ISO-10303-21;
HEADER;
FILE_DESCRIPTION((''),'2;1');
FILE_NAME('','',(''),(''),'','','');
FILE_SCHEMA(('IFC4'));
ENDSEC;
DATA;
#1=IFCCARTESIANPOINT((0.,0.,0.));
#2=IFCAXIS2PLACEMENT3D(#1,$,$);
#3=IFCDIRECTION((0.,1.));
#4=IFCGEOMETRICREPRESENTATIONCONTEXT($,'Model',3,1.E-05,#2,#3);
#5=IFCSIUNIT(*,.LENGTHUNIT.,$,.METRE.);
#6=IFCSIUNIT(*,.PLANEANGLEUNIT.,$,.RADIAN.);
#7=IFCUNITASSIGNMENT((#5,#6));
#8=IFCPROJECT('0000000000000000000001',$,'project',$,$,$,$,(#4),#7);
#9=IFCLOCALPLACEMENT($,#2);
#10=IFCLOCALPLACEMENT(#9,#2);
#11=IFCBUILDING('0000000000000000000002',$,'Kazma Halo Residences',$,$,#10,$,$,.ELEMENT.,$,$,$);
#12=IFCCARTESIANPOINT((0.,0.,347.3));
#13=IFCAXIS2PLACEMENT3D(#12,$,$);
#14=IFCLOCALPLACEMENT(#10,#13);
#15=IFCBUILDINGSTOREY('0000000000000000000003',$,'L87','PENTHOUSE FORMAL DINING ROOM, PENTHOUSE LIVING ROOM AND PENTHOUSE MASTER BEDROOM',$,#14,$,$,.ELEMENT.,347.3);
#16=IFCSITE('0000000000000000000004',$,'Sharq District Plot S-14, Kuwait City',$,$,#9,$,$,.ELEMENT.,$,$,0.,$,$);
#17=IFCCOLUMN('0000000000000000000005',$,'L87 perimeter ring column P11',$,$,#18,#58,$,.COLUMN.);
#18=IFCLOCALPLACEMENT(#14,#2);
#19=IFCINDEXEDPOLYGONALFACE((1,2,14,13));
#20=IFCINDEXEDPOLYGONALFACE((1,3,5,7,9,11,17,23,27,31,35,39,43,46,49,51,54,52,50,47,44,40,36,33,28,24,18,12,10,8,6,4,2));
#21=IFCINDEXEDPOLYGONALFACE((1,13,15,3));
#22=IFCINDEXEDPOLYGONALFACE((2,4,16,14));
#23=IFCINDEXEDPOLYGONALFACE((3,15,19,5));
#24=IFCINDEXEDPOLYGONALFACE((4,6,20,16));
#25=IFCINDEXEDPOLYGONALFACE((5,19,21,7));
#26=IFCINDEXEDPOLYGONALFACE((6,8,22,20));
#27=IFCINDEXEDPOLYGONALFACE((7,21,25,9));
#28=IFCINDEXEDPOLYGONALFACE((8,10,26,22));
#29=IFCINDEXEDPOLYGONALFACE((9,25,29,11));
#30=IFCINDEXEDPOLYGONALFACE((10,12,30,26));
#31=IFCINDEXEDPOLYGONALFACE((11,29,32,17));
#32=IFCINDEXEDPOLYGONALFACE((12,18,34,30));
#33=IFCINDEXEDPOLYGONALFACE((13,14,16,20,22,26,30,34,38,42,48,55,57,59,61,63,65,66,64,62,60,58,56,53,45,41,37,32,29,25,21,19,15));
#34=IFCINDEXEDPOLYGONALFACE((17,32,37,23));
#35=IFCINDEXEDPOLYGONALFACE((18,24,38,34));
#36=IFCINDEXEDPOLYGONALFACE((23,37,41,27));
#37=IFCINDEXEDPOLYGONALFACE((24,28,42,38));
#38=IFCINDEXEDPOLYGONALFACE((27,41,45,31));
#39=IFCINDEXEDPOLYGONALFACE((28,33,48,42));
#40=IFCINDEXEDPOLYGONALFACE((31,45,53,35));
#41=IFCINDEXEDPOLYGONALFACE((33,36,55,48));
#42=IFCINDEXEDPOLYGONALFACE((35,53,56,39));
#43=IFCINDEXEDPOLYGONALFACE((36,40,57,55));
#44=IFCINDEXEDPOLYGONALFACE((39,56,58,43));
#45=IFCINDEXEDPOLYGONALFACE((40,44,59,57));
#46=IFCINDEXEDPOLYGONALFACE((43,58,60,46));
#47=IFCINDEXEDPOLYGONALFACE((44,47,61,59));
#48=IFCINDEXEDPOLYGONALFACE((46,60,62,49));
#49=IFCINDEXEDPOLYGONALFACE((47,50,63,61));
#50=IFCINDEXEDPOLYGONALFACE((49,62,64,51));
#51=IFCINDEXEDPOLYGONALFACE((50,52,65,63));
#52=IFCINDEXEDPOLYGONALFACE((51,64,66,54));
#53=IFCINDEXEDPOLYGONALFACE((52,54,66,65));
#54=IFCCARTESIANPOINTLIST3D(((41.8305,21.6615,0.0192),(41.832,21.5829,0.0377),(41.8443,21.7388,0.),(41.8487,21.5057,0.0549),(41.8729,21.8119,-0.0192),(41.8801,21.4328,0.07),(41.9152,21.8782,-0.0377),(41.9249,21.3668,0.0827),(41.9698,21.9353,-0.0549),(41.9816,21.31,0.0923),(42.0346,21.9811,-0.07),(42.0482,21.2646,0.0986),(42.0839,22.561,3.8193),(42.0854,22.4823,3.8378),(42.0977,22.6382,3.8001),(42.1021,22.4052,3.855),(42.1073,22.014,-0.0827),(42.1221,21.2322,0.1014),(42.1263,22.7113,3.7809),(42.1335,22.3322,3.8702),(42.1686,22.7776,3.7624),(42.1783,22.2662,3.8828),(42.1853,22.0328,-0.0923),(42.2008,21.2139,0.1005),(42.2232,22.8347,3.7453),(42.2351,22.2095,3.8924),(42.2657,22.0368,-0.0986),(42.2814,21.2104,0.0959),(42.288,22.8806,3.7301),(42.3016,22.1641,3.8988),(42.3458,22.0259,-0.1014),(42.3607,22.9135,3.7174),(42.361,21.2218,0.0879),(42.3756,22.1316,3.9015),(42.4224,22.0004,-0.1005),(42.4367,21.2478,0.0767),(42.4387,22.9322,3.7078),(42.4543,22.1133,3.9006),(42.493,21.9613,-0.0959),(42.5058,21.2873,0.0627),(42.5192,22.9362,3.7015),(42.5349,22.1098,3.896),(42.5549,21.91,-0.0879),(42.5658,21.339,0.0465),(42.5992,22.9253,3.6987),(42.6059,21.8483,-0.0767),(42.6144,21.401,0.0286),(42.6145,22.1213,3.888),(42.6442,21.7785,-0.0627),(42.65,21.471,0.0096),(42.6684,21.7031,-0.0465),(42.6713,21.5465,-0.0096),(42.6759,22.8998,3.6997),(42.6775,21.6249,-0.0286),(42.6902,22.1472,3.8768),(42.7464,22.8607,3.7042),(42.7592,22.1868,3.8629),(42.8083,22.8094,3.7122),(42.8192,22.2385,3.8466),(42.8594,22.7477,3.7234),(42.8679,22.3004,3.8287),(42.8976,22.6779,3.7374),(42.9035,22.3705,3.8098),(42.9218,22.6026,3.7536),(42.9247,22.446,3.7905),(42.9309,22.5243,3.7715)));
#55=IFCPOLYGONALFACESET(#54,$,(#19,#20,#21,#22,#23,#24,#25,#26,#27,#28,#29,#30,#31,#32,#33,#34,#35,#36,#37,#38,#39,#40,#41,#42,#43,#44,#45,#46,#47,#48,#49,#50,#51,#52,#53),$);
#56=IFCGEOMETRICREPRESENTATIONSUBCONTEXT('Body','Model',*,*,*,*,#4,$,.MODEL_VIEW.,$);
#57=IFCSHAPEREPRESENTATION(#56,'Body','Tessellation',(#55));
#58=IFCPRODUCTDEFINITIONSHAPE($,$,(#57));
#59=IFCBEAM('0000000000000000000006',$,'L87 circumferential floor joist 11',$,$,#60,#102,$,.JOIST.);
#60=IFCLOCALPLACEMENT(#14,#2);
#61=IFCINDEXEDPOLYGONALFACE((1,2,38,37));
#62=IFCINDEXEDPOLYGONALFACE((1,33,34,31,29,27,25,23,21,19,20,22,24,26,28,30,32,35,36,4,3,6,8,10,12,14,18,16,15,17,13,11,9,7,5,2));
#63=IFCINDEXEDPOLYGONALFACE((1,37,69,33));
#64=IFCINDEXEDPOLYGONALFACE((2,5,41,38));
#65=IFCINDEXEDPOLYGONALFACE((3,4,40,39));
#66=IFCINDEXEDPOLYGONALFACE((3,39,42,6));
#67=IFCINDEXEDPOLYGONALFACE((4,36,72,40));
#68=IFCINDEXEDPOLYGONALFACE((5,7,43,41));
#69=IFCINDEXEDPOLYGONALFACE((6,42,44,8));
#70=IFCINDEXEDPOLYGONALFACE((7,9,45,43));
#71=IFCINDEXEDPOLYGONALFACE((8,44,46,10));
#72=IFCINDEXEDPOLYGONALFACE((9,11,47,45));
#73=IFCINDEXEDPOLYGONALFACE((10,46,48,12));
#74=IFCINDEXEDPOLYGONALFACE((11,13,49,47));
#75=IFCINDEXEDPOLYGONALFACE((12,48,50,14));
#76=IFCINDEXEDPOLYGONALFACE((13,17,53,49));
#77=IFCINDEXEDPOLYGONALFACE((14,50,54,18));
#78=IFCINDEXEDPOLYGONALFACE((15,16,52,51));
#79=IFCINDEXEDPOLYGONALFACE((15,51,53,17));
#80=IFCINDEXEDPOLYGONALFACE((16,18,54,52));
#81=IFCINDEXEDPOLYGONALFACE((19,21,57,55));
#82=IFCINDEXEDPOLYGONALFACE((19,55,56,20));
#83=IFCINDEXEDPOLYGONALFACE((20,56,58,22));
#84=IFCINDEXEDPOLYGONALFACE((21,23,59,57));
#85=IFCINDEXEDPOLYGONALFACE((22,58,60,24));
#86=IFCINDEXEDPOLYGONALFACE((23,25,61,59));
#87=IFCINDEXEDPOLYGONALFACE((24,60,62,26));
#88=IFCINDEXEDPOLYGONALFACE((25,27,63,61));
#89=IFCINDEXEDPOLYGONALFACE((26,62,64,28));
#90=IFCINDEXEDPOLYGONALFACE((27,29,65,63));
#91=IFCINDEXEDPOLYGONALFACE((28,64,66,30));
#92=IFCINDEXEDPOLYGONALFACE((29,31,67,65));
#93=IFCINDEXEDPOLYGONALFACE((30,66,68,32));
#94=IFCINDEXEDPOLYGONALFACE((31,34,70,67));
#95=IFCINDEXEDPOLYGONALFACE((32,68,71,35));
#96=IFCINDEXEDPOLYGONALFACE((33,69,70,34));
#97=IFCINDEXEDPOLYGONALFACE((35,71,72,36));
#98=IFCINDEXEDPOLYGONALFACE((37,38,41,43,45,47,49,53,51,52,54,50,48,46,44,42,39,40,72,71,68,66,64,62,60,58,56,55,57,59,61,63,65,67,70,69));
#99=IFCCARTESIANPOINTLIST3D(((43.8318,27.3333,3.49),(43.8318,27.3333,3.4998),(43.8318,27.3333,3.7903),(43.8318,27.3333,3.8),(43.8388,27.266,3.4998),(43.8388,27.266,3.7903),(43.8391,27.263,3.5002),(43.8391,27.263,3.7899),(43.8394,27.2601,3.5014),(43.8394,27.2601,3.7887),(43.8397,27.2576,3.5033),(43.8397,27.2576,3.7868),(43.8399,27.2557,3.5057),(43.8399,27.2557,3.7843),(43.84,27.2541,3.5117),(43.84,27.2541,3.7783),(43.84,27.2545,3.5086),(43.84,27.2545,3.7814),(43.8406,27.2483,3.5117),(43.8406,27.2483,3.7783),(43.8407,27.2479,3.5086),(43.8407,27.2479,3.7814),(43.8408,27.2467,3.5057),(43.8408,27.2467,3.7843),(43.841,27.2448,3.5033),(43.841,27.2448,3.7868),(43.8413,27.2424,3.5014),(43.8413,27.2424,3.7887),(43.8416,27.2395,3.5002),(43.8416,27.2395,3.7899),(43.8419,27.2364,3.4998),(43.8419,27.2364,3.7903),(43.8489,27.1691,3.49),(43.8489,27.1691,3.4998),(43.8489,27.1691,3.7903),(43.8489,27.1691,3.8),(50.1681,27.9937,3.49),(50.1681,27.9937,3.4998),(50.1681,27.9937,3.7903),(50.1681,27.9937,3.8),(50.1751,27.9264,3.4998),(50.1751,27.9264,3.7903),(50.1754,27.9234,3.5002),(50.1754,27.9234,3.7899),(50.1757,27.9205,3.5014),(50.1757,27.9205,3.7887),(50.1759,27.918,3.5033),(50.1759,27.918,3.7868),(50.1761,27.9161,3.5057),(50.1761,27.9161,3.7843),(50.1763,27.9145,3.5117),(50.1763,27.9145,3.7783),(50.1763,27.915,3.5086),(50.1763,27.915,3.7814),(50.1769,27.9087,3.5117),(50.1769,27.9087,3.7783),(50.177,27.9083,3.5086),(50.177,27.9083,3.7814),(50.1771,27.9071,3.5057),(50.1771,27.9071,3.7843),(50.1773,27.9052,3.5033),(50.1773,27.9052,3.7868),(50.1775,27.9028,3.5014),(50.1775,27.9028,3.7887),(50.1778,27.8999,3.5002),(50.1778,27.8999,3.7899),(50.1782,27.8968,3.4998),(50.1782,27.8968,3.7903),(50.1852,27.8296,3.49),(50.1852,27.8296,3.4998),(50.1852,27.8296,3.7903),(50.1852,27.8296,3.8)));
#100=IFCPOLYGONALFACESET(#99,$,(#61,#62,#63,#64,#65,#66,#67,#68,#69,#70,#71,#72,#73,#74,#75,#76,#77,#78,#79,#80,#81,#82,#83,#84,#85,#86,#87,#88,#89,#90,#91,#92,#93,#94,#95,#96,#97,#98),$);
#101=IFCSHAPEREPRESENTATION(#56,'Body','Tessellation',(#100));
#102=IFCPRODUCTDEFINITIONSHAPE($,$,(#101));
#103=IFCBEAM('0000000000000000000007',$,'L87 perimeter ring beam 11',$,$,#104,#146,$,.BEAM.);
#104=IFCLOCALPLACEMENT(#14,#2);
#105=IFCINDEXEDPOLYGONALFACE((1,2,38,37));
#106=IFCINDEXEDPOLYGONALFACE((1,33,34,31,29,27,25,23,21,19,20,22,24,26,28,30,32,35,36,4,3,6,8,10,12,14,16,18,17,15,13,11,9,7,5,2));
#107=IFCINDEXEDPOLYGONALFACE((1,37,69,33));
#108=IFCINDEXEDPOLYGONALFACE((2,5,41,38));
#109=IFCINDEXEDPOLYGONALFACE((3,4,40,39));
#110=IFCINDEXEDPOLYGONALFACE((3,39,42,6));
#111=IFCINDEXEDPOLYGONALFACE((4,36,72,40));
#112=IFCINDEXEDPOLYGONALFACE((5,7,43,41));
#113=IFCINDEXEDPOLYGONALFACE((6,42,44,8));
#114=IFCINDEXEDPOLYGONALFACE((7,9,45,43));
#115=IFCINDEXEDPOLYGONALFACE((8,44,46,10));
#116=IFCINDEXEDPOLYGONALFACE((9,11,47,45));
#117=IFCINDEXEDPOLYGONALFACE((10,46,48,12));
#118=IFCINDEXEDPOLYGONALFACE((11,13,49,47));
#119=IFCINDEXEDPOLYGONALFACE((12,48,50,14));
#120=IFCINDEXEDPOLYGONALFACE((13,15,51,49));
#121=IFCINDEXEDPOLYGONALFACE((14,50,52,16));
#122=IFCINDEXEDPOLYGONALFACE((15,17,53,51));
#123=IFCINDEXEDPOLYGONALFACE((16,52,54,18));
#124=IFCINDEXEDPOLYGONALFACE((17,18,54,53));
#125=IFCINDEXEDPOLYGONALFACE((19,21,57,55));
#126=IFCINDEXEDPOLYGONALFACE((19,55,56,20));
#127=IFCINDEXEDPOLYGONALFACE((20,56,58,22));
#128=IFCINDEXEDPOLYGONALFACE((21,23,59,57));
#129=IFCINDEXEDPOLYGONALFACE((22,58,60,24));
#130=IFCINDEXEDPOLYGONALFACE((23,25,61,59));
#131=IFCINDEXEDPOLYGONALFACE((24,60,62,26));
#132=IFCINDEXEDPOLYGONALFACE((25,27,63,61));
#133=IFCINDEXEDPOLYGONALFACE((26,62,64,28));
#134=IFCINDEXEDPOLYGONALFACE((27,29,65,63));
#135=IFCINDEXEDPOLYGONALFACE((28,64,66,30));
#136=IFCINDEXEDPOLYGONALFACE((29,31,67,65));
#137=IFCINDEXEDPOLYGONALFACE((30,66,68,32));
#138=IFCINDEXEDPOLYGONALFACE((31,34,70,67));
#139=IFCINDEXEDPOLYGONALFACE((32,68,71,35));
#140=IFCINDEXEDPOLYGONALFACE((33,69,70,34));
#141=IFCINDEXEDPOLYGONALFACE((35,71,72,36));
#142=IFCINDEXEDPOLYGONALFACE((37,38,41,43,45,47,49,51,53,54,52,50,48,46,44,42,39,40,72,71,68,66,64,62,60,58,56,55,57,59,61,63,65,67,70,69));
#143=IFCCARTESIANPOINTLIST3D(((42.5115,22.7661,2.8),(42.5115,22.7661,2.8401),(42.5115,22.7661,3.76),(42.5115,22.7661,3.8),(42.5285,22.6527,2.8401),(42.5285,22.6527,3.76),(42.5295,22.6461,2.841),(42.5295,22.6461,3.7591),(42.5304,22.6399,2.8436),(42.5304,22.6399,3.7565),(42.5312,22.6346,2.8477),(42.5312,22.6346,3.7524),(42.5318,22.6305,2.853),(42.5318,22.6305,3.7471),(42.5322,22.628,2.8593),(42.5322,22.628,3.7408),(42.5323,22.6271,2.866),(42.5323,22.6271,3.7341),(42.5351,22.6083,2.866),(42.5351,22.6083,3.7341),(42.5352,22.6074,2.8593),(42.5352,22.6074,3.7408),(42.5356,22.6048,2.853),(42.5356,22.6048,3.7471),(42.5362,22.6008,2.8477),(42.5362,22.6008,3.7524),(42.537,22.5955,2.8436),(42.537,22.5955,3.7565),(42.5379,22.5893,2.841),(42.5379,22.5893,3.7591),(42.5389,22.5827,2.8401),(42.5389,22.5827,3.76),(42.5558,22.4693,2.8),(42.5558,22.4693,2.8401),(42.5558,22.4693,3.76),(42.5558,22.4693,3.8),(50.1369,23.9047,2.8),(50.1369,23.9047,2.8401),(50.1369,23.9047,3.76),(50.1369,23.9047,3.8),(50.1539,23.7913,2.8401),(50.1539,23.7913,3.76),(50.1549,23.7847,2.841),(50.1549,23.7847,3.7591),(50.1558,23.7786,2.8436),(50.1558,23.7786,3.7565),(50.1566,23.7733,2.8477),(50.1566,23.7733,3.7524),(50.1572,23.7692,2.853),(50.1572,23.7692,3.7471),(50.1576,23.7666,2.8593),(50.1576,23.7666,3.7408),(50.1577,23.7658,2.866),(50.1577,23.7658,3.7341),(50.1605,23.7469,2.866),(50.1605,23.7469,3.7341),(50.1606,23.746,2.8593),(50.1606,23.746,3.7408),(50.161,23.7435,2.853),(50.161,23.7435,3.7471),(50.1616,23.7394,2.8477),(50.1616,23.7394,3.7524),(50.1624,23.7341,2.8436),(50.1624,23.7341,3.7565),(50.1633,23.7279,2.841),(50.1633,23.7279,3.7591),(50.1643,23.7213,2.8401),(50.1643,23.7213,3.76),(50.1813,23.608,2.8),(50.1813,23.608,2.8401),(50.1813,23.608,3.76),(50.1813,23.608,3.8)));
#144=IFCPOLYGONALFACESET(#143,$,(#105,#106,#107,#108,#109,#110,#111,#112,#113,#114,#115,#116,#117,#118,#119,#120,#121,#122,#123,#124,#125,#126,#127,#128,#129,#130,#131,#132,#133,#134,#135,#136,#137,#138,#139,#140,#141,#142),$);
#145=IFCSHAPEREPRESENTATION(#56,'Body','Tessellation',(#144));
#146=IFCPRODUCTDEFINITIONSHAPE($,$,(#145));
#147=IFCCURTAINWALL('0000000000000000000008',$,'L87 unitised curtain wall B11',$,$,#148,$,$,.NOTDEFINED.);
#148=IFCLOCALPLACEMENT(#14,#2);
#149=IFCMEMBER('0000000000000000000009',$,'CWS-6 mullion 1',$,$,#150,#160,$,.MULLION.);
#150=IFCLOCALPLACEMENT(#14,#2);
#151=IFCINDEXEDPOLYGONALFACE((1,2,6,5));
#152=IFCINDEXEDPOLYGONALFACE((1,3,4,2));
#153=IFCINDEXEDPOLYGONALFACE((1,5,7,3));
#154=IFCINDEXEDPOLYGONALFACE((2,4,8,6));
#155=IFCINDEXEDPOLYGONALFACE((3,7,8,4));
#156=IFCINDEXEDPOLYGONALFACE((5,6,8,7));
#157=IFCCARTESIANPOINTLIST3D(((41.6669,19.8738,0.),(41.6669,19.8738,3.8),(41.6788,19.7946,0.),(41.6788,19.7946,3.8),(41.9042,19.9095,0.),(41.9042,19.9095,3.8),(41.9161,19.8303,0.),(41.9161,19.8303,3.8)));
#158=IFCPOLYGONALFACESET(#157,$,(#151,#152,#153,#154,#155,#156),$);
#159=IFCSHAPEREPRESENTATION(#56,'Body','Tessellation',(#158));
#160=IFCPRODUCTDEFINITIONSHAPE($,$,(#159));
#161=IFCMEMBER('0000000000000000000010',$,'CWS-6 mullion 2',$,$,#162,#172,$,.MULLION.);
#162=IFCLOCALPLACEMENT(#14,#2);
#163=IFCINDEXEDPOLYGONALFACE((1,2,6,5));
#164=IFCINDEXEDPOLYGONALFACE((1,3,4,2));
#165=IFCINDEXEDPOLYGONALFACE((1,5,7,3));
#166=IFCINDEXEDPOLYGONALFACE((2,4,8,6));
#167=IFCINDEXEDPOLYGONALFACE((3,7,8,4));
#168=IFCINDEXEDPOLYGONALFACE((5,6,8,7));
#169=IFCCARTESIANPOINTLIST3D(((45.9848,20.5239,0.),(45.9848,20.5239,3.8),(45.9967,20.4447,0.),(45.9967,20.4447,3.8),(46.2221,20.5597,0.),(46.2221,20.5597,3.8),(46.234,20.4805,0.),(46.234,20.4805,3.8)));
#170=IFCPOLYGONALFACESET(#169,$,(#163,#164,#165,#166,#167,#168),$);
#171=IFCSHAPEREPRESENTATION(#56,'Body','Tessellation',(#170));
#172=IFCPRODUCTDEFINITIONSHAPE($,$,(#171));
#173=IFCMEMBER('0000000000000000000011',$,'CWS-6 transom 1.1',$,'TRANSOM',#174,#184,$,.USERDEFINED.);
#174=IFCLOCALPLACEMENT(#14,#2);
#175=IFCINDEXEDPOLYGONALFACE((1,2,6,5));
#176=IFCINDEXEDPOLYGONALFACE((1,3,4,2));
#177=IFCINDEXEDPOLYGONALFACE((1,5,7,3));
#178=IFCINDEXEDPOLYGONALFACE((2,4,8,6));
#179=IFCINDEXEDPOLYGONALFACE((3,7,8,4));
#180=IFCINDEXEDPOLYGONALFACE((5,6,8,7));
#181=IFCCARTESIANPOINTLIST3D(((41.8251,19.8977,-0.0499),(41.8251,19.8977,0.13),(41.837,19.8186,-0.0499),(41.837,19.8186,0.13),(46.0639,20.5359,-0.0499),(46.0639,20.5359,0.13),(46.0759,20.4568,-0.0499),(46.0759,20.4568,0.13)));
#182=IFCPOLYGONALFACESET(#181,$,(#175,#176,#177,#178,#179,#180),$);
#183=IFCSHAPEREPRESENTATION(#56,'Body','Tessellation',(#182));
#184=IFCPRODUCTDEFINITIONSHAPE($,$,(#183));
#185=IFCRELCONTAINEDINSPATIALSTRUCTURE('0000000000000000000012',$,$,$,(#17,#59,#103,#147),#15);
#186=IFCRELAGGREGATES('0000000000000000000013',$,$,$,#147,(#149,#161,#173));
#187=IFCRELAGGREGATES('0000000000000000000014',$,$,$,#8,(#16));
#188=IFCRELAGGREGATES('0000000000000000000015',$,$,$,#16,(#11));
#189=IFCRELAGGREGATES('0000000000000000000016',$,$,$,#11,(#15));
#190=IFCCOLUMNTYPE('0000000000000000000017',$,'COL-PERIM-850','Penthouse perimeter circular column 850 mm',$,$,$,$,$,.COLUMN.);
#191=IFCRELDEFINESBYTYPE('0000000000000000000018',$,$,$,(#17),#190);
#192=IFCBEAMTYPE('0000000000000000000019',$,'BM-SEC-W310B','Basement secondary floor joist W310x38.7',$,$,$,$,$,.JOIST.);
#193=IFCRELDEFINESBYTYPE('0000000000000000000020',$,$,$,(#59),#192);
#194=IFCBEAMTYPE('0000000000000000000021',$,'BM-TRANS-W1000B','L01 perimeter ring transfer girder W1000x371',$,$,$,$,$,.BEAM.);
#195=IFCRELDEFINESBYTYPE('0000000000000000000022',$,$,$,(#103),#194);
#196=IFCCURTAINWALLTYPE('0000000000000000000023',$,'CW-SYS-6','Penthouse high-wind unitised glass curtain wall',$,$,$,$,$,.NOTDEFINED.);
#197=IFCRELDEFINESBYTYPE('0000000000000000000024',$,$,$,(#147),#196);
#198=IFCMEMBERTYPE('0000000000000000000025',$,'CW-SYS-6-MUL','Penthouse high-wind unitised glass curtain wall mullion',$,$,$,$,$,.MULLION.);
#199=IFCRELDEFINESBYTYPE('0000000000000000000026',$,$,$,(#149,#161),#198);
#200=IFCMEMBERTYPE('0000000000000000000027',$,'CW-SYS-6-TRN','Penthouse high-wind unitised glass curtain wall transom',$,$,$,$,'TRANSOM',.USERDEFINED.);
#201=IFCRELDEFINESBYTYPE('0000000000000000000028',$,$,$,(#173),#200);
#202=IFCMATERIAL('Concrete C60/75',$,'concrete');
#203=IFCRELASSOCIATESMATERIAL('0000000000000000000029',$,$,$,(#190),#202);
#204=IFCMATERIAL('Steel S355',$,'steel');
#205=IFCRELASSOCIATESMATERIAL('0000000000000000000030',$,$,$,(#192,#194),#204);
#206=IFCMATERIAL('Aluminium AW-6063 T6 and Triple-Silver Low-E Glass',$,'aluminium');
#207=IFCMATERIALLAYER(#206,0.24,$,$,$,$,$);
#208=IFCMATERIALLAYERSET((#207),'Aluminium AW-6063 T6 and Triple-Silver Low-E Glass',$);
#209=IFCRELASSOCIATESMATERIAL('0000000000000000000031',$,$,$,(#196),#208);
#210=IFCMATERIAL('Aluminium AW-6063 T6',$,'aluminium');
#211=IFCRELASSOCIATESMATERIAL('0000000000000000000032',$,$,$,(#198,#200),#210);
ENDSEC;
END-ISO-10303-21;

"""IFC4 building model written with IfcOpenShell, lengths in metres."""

from ifc_helpers import new_model, si_unit, direction, frame, origin, origin_2d, place, context, subcontext, project, spatial, rectangle, circle, i_section, extrude, material, layer, layer_set, material_profile, profile_set, type_object, element, aggregate, save


model = new_model("IFC4")

# Units and contexts
model_context = context("Model", 3, precision=1e-05, world=origin(), true_north=direction((0.0, 1.0)))
body_context = subcontext(model_context, "Body", "Model", "MODEL_VIEW")
ifc_project = project(units=[si_unit("LENGTHUNIT", "METRE"), si_unit("PLANEANGLEUNIT", "RADIAN")], contexts=[model_context])

# Site, building, storey
site_placement = place(None, origin())
site = spatial("IfcSite", under=ifc_project, at=site_placement, Name="Sharq District Plot S-14, Kuwait City", CompositionType="ELEMENT", RefElevation=0.0)
building_placement = place(site_placement, origin())
building = spatial("IfcBuilding", under=site, at=building_placement, Name="Kazma Halo Residences", CompositionType="ELEMENT")
storey_placement = place(building_placement, frame((0.0, 0.0, 347.3)))
storey = spatial("IfcBuildingStorey", under=building, at=storey_placement, Name="L87", Description="PENTHOUSE FORMAL DINING ROOM, PENTHOUSE LIVING ROOM AND PENTHOUSE MASTER BEDROOM", CompositionType="ELEMENT", Elevation=347.3)

# Column
ifc_material_1 = material(Name="Concrete C60/75", Category="concrete")
ifc_material_profile_1 = material_profile(ifc_material_1, circle(Radius=0.425, at=origin_2d()), Name="CIRC850")
ifc_profile_set_1 = profile_set([ifc_material_profile_1], Name="Concrete C60/75")
column_type = type_object("IfcColumnType", Name="COL-PERIM-850", Description="Penthouse perimeter circular column 850 mm", PredefinedType="COLUMN", material=ifc_profile_set_1)
column_placement = place(storey_placement, frame((42.2534, 21.6235, 0.0), z_axis=(0.064759, 0.229838, 0.971072), x_axis=(-0.962523, 0.2712, 0.0)))
element("IfcColumn", 1, at=column_placement, inside=storey, type_object=column_type, Name="L87 perimeter ring column P11", PredefinedType="COLUMN", context=body_context, shape_type="SweptSolid", body=[
    extrude(circle(Radius=0.425, at=origin_2d()), origin(), (0.0, 0.0, 1.0), 3.9133),
])

# Beams
ifc_material_2 = material(Name="Steel S355", Category="steel")
ifc_material_profile_2 = material_profile(ifc_material_2, i_section(OverallWidth=0.165, OverallDepth=0.3101, WebThickness=0.0059, FlangeThickness=0.0098, FilletRadius=0.012, at=origin_2d()), Name="W310x38.7")
ifc_profile_set_2 = profile_set([ifc_material_profile_2], Name="Steel S355")
beam_type_1 = type_object("IfcBeamType", Name="BM-SEC-W310B", Description="Basement secondary floor joist W310x38.7", PredefinedType="JOIST", material=ifc_profile_set_2)
beam_1_placement = place(storey_placement, frame((43.8403, 27.2512, 3.645), z_axis=(0.994612, 0.103665, 0.0), x_axis=(-0.103665, 0.994612, 0.0)))
element("IfcBeam", 2, at=beam_1_placement, inside=storey, type_object=beam_type_1, Name="L87 circumferential floor joist 11", PredefinedType="JOIST", context=body_context, shape_type="SweptSolid", body=[
    extrude(i_section(OverallWidth=0.165, OverallDepth=0.3101, WebThickness=0.0059, FlangeThickness=0.0098, FilletRadius=0.012, at=origin_2d()), origin(), (0.0, 0.0, 1.0), 6.3706),
])
ifc_material_profile_3 = material_profile(ifc_material_2, i_section(OverallWidth=0.3, OverallDepth=1.0, WebThickness=0.019, FlangeThickness=0.04, FilletRadius=0.0259, at=origin_2d()), Name="W1000x371")
ifc_profile_set_3 = profile_set([ifc_material_profile_3], Name="Steel S355")
beam_type_2 = type_object("IfcBeamType", Name="BM-TRANS-W1000B", Description="L01 perimeter ring transfer girder W1000x371", PredefinedType="BEAM", material=ifc_profile_set_3)
beam_2_placement = place(storey_placement, frame((42.5337, 22.6177, 3.3), z_axis=(0.989034, 0.147687, 0.0), x_axis=(-0.147687, 0.989034, 0.0)))
element("IfcBeam", 3, at=beam_2_placement, inside=storey, type_object=beam_type_2, Name="L87 perimeter ring beam 11", PredefinedType="BEAM", context=body_context, shape_type="SweptSolid", body=[
    extrude(i_section(OverallWidth=0.3, OverallDepth=1.0, WebThickness=0.019, FlangeThickness=0.04, FilletRadius=0.0259, at=origin_2d()), origin(), (0.0, 0.0, 1.0), 7.71),
])

# Curtain wall, members
ifc_material_3 = material(Name="Aluminium AW-6063 T6 and Triple-Silver Low-E Glass", Category="aluminium")
ifc_layer_1 = layer(ifc_material_3, 0.24)
ifc_layer_set_1 = layer_set([ifc_layer_1], Name="Aluminium AW-6063 T6 and Triple-Silver Low-E Glass")
curtain_wall_type = type_object("IfcCurtainWallType", Name="CW-SYS-6", Description="Penthouse high-wind unitised glass curtain wall", PredefinedType="NOTDEFINED", material=ifc_layer_set_1)
curtain_wall_placement = place(storey_placement, origin())
curtain_wall = element("IfcCurtainWall", 4, at=curtain_wall_placement, inside=storey, type_object=curtain_wall_type, Name="L87 unitised curtain wall B11", PredefinedType="NOTDEFINED")
ifc_material_4 = material(Name="Aluminium AW-6063 T6", Category="aluminium")
ifc_material_profile_4 = material_profile(ifc_material_4, rectangle(XDim=0.0801, YDim=0.24, at=origin_2d()), Name="CWM-80x240")
ifc_profile_set_4 = profile_set([ifc_material_profile_4], Name="Aluminium AW-6063 T6")
member_type_1 = type_object("IfcMemberType", Name="CW-SYS-6-MUL", Description="Penthouse high-wind unitised glass curtain wall mullion", PredefinedType="MULLION", material=ifc_profile_set_4)
member_1_placement = place(storey_placement, frame((41.7915, 19.8521, 0.0), z_axis=(0.0, 0.0, 1.0), x_axis=(-0.148871, 0.988857, 0.0)))
member_1 = element("IfcMember", 5, at=member_1_placement, type_object=member_type_1, Name="CWS-6 mullion 1", PredefinedType="MULLION", context=body_context, shape_type="SweptSolid", body=[
    extrude(rectangle(XDim=0.0801, YDim=0.24, at=origin_2d()), origin(), (0.0, 0.0, 1.0), 3.8),
])
member_2_placement = place(storey_placement, frame((46.1094, 20.5022, 0.0), z_axis=(0.0, 0.0, 1.0), x_axis=(-0.148871, 0.988857, 0.0)))
member_2 = element("IfcMember", 6, at=member_2_placement, type_object=member_type_1, Name="CWS-6 mullion 2", PredefinedType="MULLION", context=body_context, shape_type="SweptSolid", body=[
    extrude(rectangle(XDim=0.0801, YDim=0.24, at=origin_2d()), origin(), (0.0, 0.0, 1.0), 3.8),
])
ifc_material_profile_5 = material_profile(ifc_material_4, rectangle(XDim=0.0801, YDim=0.1799, at=origin_2d()), Name="CWT-80x180")
ifc_profile_set_5 = profile_set([ifc_material_profile_5], Name="Aluminium AW-6063 T6")
member_type_2 = type_object("IfcMemberType", Name="CW-SYS-6-TRN", Description="Penthouse high-wind unitised glass curtain wall transom", ElementType="TRANSOM", PredefinedType="USERDEFINED", material=ifc_profile_set_5)
member_3_placement = place(storey_placement, frame((41.8311, 19.8582, 0.04), z_axis=(0.988855, 0.148881, 0.0), x_axis=(-0.148881, 0.988855, 0.0)))
member_3 = element("IfcMember", 7, at=member_3_placement, type_object=member_type_2, Name="CWS-6 transom 1.1", ObjectType="TRANSOM", PredefinedType="USERDEFINED", context=body_context, shape_type="SweptSolid", body=[
    extrude(rectangle(XDim=0.0801, YDim=0.1799, at=origin_2d()), origin(), (0.0, 0.0, 1.0), 4.2866),
])
aggregate(curtain_wall, [member_1, member_2, member_3])

save(model, "model.ifc")
